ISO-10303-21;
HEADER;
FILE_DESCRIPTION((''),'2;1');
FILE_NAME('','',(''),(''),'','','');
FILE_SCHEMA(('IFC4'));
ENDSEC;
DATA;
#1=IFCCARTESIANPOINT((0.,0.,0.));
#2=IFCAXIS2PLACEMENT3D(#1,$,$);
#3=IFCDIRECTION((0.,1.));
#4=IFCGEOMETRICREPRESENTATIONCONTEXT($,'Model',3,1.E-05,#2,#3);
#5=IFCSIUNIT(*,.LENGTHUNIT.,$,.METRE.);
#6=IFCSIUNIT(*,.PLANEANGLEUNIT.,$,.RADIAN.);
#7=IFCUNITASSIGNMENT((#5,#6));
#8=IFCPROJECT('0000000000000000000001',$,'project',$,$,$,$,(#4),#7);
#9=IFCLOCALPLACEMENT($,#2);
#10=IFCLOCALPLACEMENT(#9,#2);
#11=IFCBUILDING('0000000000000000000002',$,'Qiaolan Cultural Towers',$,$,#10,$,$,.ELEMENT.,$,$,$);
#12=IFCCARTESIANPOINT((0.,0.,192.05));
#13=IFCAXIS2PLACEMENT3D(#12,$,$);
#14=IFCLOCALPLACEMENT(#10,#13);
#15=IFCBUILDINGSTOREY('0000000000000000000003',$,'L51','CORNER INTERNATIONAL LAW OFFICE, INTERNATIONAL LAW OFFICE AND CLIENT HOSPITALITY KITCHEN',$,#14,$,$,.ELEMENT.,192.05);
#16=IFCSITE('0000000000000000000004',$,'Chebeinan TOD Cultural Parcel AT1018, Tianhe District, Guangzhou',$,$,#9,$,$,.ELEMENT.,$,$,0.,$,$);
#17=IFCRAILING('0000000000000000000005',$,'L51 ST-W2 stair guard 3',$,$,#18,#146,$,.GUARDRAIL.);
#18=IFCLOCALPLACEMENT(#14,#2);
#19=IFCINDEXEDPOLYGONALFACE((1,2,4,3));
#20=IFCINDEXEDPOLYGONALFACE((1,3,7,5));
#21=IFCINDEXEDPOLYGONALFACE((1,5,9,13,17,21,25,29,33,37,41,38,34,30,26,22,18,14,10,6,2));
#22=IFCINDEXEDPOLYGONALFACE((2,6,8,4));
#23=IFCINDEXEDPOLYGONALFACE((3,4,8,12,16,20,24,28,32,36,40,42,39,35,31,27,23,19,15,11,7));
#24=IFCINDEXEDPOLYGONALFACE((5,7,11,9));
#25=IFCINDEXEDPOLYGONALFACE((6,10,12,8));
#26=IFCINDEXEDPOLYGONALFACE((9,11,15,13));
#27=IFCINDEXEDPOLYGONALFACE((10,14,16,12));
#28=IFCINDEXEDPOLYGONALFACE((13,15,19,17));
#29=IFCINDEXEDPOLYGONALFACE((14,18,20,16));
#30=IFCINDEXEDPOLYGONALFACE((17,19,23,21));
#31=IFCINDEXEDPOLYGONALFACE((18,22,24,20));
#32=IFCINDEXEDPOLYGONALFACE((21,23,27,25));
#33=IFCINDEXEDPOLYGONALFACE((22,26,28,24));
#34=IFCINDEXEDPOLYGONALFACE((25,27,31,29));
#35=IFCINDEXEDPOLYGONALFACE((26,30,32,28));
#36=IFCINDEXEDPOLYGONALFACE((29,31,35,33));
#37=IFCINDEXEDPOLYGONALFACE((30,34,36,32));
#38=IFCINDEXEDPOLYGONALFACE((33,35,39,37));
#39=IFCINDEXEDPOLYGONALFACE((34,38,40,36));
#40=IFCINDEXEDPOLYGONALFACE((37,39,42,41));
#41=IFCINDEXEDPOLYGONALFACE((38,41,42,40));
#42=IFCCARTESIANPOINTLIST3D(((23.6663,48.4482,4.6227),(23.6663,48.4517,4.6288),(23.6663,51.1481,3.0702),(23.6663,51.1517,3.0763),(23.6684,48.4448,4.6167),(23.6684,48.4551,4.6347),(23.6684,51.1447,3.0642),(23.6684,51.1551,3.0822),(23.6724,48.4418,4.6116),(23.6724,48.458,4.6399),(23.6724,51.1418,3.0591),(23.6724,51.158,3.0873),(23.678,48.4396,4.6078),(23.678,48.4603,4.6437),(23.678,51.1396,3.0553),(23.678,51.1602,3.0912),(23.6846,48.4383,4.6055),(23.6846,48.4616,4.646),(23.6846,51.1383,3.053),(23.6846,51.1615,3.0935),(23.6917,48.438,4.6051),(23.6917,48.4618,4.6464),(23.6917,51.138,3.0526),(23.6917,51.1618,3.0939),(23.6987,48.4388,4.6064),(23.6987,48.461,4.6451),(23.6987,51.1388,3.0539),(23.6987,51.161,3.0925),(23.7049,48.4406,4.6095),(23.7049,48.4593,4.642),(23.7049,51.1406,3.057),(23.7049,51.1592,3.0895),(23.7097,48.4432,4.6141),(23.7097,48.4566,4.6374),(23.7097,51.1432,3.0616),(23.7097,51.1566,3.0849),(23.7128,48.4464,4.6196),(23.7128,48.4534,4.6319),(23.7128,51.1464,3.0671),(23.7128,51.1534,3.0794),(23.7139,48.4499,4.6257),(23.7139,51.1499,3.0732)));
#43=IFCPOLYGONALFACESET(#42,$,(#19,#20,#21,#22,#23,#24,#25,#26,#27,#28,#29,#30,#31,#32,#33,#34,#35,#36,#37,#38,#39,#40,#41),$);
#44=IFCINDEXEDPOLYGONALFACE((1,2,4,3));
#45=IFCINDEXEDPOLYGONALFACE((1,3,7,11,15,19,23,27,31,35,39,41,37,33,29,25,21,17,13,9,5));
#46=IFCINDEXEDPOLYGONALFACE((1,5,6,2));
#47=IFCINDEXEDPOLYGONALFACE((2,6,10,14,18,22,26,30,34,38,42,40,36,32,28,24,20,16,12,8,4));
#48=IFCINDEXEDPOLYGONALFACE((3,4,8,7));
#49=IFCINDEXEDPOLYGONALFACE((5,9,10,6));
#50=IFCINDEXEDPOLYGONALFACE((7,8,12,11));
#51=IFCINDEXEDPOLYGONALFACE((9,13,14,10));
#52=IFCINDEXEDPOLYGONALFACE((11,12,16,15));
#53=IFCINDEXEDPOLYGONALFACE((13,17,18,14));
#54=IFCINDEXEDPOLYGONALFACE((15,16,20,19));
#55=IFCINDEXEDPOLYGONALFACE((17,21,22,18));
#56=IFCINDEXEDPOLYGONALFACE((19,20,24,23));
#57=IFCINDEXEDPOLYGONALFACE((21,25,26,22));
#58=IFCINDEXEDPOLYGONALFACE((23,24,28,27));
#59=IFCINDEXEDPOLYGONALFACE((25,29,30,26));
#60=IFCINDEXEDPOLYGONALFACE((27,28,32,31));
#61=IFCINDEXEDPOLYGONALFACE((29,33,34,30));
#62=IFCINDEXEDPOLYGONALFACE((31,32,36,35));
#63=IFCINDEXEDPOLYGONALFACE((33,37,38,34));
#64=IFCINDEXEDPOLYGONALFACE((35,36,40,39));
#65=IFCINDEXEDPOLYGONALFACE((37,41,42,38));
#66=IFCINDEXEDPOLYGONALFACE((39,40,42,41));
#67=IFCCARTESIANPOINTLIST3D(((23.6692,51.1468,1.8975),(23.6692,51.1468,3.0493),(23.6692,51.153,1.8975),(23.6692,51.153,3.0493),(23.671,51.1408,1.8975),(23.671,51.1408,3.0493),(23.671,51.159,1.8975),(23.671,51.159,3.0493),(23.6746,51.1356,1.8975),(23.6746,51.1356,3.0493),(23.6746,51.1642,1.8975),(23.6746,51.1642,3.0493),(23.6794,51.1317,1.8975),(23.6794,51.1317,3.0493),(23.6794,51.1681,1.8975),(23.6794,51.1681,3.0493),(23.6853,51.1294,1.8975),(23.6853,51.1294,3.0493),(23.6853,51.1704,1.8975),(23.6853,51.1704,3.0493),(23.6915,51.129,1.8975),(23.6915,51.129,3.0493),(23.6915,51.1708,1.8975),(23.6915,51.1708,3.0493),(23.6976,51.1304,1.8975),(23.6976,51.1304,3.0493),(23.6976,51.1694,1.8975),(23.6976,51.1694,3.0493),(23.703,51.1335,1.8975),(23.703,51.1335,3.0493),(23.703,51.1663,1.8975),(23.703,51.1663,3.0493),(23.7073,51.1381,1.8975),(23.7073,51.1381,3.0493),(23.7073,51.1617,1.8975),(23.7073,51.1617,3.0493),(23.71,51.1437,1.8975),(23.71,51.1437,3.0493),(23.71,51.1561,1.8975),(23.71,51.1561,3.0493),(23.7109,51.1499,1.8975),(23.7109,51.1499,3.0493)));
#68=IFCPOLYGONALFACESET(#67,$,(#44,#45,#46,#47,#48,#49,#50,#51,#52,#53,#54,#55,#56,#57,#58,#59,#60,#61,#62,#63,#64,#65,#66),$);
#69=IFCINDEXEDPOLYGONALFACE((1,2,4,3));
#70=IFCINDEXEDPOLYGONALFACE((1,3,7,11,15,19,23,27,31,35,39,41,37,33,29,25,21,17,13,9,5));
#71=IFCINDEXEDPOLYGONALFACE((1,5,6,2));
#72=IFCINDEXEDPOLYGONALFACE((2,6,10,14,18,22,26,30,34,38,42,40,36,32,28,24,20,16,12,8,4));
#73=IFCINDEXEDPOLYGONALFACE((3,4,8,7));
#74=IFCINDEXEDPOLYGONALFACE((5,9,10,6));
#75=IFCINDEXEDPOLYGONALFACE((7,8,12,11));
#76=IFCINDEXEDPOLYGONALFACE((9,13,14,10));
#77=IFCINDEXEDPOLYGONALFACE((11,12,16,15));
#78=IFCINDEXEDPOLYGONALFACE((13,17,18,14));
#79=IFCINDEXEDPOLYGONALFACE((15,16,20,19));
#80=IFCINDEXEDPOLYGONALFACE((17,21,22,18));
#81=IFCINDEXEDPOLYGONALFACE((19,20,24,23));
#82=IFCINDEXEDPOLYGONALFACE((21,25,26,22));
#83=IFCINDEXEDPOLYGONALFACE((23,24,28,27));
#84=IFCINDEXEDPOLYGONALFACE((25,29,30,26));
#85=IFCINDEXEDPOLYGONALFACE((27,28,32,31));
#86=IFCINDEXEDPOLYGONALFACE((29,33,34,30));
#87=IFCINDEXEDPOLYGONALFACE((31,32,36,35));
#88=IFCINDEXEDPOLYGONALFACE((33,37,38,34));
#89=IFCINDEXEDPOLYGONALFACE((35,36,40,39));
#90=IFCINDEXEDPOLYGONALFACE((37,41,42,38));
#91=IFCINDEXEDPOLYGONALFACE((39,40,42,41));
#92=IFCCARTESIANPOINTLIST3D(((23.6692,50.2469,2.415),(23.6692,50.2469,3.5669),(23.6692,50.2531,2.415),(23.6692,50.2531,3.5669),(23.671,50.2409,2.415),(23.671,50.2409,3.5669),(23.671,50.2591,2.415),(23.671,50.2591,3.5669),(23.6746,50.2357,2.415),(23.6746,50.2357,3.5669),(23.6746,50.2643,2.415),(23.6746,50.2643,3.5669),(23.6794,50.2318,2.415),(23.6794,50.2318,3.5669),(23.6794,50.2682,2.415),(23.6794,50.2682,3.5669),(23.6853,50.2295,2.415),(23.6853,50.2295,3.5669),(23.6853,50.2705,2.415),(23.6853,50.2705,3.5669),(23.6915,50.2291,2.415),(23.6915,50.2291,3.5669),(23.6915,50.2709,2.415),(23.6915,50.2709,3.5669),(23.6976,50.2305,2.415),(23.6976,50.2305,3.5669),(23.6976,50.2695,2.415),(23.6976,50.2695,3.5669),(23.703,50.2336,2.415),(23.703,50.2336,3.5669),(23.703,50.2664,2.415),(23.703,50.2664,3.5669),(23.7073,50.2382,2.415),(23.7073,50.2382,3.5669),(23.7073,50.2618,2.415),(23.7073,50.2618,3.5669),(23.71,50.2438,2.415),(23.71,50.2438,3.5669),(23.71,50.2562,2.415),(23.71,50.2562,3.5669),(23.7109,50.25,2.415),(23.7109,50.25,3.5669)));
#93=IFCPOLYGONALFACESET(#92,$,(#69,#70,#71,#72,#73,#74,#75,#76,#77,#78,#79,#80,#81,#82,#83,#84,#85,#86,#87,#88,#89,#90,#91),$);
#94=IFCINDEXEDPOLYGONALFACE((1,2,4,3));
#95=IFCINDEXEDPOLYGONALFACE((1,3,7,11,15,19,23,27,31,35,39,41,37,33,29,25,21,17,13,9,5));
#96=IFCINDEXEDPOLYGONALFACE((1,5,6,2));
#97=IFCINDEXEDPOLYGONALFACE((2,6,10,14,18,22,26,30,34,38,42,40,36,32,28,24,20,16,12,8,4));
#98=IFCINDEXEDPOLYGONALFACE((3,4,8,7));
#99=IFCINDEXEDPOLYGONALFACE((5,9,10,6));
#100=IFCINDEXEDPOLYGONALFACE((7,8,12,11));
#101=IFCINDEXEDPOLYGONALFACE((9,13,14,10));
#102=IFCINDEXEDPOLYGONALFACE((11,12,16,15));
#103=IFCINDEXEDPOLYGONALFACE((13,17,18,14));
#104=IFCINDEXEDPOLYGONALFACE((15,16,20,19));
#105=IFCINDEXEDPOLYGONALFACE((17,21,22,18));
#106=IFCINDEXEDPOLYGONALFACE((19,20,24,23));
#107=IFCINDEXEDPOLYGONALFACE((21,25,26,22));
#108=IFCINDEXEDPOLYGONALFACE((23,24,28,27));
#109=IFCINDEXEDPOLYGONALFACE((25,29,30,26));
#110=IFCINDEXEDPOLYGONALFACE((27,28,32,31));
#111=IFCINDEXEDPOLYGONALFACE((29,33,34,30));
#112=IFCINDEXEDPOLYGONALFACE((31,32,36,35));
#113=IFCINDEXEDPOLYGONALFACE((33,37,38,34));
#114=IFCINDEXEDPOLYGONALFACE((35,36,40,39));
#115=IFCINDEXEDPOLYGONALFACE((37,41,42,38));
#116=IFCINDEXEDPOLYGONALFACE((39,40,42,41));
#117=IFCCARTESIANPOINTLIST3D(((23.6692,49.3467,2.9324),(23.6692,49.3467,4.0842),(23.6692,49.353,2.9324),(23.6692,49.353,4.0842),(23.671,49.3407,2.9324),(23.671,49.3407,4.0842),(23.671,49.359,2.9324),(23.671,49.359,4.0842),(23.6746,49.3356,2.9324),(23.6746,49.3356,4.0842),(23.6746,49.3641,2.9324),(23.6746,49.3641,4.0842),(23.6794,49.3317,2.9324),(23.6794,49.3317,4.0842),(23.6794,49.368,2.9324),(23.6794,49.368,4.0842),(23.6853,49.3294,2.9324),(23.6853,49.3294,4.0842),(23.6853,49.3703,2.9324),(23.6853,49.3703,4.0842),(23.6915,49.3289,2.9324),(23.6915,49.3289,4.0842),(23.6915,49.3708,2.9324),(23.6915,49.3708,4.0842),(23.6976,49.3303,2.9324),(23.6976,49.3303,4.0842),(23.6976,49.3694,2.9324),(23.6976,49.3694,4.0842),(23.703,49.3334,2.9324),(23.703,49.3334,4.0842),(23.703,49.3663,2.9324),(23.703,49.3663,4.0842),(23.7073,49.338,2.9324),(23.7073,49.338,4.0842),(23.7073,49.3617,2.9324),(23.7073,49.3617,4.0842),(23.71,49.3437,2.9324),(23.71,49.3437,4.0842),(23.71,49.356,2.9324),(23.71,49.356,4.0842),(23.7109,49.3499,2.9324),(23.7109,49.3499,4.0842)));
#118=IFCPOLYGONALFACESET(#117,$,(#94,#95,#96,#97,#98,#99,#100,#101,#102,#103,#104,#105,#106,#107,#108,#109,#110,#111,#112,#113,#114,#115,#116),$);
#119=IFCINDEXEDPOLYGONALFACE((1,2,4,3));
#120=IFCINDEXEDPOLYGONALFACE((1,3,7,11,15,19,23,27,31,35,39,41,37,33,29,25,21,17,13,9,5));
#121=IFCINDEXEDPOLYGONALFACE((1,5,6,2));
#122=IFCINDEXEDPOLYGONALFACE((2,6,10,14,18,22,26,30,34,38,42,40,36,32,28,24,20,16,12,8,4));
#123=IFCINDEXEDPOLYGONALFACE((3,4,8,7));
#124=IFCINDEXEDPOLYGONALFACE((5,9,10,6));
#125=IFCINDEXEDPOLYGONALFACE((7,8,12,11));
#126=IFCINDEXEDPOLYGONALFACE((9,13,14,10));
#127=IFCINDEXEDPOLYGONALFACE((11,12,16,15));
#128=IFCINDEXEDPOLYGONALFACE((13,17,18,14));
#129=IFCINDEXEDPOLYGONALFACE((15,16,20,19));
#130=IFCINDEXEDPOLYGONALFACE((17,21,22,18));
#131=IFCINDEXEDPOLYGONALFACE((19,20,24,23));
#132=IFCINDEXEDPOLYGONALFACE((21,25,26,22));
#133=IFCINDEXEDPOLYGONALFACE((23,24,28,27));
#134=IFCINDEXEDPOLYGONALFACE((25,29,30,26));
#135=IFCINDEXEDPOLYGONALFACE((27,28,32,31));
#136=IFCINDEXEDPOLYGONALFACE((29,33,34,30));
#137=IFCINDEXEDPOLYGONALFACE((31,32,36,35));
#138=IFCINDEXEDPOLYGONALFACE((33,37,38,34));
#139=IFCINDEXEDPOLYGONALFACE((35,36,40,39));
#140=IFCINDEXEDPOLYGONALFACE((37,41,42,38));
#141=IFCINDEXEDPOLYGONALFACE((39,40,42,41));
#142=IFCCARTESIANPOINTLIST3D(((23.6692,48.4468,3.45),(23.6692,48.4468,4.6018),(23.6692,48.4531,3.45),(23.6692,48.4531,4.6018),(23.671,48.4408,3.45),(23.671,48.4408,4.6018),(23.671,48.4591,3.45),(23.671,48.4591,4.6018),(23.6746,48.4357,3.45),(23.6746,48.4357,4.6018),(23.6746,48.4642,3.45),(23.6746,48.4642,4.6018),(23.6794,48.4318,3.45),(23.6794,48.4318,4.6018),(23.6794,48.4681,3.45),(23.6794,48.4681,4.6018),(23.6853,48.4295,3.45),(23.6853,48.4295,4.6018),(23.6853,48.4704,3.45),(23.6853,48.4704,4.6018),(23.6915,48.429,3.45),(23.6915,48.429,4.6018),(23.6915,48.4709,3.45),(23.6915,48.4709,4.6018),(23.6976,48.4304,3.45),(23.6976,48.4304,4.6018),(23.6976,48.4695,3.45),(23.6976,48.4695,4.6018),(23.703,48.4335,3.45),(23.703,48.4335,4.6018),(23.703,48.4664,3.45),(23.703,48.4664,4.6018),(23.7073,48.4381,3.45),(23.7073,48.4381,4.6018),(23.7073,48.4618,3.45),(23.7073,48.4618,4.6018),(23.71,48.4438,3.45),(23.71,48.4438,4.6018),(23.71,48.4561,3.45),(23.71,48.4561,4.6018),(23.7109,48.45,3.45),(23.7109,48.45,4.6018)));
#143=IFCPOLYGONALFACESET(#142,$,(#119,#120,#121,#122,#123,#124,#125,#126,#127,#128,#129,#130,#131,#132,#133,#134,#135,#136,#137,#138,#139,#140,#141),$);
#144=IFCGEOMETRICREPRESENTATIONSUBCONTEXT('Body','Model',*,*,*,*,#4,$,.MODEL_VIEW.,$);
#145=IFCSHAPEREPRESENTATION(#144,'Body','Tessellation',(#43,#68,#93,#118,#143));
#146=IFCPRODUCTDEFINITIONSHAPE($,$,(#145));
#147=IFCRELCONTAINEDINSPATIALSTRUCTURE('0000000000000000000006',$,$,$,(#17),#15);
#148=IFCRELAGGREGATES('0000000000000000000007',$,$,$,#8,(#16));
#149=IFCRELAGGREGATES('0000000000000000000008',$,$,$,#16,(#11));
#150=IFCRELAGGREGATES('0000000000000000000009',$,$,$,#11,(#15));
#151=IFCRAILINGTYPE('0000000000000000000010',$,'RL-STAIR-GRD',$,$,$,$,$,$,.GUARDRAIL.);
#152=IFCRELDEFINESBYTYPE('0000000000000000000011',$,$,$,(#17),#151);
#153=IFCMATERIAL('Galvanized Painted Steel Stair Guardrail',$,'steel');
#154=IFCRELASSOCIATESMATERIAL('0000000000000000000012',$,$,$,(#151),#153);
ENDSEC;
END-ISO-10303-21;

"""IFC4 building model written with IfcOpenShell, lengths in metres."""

from ifc_helpers import new_model, si_unit, direction, frame, origin, origin_2d, place, context, subcontext, project, spatial, circle, extrude, material, type_object, element, save


model = new_model("IFC4")

# Units and contexts
model_context = context("Model", 3, precision=1e-05, world=origin(), true_north=direction((0.0, 1.0)))
body_context = subcontext(model_context, "Body", "Model", "MODEL_VIEW")
ifc_project = project(units=[si_unit("LENGTHUNIT", "METRE"), si_unit("PLANEANGLEUNIT", "RADIAN")], contexts=[model_context])

# Site, building, storey
site_placement = place(None, origin())
site = spatial("IfcSite", under=ifc_project, at=site_placement, Name="Chebeinan TOD Cultural Parcel AT1018, Tianhe District, Guangzhou", CompositionType="ELEMENT", RefElevation=0.0)
building_placement = place(site_placement, origin())
building = spatial("IfcBuilding", under=site, at=building_placement, Name="Qiaolan Cultural Towers", CompositionType="ELEMENT")
storey_placement = place(building_placement, frame((0.0, 0.0, 192.05)))
storey = spatial("IfcBuildingStorey", under=building, at=storey_placement, Name="L51", Description="CORNER INTERNATIONAL LAW OFFICE, INTERNATIONAL LAW OFFICE AND CLIENT HOSPITALITY KITCHEN", CompositionType="ELEMENT", Elevation=192.05)

# Railing
ifc_material_1 = material(Name="Galvanized Painted Steel Stair Guardrail", Category="steel")
railing_type_1 = type_object("IfcRailingType", Name="RL-STAIR-GRD", PredefinedType="GUARDRAIL", material=ifc_material_1)
railing_1_placement = place(storey_placement, frame((23.6899, 51.1499, 1.8975)))
element("IfcRailing", 1, at=railing_1_placement, inside=storey, type_object=railing_type_1, Name="L51 ST-W2 stair guard 3", PredefinedType="GUARDRAIL", context=body_context, shape_type="SweptSolid", body=[
    extrude(circle(Radius=0.0239, at=origin_2d()), frame((0.0, 0.0, 1.1758), z_axis=(0.0, -0.866904, 0.498476), x_axis=(1.0, 0.0, 0.0)), (0.0, 0.0, 1.0), 3.1145),
    extrude(circle(Radius=0.021, at=origin_2d()), origin(), (0.0, 0.0, 1.0), 1.1519),
    extrude(circle(Radius=0.021, at=origin_2d()), frame((0.0, -0.8999, 0.5176)), (0.0, 0.0, 1.0), 1.1519),
    extrude(circle(Radius=0.021, at=origin_2d()), frame((0.0, -1.8, 1.0349)), (0.0, 0.0, 1.0), 1.1519),
    extrude(circle(Radius=0.021, at=origin_2d()), frame((0.0, -2.7, 1.5525)), (0.0, 0.0, 1.0), 1.1519),
])

save(model, "model.ifc")
